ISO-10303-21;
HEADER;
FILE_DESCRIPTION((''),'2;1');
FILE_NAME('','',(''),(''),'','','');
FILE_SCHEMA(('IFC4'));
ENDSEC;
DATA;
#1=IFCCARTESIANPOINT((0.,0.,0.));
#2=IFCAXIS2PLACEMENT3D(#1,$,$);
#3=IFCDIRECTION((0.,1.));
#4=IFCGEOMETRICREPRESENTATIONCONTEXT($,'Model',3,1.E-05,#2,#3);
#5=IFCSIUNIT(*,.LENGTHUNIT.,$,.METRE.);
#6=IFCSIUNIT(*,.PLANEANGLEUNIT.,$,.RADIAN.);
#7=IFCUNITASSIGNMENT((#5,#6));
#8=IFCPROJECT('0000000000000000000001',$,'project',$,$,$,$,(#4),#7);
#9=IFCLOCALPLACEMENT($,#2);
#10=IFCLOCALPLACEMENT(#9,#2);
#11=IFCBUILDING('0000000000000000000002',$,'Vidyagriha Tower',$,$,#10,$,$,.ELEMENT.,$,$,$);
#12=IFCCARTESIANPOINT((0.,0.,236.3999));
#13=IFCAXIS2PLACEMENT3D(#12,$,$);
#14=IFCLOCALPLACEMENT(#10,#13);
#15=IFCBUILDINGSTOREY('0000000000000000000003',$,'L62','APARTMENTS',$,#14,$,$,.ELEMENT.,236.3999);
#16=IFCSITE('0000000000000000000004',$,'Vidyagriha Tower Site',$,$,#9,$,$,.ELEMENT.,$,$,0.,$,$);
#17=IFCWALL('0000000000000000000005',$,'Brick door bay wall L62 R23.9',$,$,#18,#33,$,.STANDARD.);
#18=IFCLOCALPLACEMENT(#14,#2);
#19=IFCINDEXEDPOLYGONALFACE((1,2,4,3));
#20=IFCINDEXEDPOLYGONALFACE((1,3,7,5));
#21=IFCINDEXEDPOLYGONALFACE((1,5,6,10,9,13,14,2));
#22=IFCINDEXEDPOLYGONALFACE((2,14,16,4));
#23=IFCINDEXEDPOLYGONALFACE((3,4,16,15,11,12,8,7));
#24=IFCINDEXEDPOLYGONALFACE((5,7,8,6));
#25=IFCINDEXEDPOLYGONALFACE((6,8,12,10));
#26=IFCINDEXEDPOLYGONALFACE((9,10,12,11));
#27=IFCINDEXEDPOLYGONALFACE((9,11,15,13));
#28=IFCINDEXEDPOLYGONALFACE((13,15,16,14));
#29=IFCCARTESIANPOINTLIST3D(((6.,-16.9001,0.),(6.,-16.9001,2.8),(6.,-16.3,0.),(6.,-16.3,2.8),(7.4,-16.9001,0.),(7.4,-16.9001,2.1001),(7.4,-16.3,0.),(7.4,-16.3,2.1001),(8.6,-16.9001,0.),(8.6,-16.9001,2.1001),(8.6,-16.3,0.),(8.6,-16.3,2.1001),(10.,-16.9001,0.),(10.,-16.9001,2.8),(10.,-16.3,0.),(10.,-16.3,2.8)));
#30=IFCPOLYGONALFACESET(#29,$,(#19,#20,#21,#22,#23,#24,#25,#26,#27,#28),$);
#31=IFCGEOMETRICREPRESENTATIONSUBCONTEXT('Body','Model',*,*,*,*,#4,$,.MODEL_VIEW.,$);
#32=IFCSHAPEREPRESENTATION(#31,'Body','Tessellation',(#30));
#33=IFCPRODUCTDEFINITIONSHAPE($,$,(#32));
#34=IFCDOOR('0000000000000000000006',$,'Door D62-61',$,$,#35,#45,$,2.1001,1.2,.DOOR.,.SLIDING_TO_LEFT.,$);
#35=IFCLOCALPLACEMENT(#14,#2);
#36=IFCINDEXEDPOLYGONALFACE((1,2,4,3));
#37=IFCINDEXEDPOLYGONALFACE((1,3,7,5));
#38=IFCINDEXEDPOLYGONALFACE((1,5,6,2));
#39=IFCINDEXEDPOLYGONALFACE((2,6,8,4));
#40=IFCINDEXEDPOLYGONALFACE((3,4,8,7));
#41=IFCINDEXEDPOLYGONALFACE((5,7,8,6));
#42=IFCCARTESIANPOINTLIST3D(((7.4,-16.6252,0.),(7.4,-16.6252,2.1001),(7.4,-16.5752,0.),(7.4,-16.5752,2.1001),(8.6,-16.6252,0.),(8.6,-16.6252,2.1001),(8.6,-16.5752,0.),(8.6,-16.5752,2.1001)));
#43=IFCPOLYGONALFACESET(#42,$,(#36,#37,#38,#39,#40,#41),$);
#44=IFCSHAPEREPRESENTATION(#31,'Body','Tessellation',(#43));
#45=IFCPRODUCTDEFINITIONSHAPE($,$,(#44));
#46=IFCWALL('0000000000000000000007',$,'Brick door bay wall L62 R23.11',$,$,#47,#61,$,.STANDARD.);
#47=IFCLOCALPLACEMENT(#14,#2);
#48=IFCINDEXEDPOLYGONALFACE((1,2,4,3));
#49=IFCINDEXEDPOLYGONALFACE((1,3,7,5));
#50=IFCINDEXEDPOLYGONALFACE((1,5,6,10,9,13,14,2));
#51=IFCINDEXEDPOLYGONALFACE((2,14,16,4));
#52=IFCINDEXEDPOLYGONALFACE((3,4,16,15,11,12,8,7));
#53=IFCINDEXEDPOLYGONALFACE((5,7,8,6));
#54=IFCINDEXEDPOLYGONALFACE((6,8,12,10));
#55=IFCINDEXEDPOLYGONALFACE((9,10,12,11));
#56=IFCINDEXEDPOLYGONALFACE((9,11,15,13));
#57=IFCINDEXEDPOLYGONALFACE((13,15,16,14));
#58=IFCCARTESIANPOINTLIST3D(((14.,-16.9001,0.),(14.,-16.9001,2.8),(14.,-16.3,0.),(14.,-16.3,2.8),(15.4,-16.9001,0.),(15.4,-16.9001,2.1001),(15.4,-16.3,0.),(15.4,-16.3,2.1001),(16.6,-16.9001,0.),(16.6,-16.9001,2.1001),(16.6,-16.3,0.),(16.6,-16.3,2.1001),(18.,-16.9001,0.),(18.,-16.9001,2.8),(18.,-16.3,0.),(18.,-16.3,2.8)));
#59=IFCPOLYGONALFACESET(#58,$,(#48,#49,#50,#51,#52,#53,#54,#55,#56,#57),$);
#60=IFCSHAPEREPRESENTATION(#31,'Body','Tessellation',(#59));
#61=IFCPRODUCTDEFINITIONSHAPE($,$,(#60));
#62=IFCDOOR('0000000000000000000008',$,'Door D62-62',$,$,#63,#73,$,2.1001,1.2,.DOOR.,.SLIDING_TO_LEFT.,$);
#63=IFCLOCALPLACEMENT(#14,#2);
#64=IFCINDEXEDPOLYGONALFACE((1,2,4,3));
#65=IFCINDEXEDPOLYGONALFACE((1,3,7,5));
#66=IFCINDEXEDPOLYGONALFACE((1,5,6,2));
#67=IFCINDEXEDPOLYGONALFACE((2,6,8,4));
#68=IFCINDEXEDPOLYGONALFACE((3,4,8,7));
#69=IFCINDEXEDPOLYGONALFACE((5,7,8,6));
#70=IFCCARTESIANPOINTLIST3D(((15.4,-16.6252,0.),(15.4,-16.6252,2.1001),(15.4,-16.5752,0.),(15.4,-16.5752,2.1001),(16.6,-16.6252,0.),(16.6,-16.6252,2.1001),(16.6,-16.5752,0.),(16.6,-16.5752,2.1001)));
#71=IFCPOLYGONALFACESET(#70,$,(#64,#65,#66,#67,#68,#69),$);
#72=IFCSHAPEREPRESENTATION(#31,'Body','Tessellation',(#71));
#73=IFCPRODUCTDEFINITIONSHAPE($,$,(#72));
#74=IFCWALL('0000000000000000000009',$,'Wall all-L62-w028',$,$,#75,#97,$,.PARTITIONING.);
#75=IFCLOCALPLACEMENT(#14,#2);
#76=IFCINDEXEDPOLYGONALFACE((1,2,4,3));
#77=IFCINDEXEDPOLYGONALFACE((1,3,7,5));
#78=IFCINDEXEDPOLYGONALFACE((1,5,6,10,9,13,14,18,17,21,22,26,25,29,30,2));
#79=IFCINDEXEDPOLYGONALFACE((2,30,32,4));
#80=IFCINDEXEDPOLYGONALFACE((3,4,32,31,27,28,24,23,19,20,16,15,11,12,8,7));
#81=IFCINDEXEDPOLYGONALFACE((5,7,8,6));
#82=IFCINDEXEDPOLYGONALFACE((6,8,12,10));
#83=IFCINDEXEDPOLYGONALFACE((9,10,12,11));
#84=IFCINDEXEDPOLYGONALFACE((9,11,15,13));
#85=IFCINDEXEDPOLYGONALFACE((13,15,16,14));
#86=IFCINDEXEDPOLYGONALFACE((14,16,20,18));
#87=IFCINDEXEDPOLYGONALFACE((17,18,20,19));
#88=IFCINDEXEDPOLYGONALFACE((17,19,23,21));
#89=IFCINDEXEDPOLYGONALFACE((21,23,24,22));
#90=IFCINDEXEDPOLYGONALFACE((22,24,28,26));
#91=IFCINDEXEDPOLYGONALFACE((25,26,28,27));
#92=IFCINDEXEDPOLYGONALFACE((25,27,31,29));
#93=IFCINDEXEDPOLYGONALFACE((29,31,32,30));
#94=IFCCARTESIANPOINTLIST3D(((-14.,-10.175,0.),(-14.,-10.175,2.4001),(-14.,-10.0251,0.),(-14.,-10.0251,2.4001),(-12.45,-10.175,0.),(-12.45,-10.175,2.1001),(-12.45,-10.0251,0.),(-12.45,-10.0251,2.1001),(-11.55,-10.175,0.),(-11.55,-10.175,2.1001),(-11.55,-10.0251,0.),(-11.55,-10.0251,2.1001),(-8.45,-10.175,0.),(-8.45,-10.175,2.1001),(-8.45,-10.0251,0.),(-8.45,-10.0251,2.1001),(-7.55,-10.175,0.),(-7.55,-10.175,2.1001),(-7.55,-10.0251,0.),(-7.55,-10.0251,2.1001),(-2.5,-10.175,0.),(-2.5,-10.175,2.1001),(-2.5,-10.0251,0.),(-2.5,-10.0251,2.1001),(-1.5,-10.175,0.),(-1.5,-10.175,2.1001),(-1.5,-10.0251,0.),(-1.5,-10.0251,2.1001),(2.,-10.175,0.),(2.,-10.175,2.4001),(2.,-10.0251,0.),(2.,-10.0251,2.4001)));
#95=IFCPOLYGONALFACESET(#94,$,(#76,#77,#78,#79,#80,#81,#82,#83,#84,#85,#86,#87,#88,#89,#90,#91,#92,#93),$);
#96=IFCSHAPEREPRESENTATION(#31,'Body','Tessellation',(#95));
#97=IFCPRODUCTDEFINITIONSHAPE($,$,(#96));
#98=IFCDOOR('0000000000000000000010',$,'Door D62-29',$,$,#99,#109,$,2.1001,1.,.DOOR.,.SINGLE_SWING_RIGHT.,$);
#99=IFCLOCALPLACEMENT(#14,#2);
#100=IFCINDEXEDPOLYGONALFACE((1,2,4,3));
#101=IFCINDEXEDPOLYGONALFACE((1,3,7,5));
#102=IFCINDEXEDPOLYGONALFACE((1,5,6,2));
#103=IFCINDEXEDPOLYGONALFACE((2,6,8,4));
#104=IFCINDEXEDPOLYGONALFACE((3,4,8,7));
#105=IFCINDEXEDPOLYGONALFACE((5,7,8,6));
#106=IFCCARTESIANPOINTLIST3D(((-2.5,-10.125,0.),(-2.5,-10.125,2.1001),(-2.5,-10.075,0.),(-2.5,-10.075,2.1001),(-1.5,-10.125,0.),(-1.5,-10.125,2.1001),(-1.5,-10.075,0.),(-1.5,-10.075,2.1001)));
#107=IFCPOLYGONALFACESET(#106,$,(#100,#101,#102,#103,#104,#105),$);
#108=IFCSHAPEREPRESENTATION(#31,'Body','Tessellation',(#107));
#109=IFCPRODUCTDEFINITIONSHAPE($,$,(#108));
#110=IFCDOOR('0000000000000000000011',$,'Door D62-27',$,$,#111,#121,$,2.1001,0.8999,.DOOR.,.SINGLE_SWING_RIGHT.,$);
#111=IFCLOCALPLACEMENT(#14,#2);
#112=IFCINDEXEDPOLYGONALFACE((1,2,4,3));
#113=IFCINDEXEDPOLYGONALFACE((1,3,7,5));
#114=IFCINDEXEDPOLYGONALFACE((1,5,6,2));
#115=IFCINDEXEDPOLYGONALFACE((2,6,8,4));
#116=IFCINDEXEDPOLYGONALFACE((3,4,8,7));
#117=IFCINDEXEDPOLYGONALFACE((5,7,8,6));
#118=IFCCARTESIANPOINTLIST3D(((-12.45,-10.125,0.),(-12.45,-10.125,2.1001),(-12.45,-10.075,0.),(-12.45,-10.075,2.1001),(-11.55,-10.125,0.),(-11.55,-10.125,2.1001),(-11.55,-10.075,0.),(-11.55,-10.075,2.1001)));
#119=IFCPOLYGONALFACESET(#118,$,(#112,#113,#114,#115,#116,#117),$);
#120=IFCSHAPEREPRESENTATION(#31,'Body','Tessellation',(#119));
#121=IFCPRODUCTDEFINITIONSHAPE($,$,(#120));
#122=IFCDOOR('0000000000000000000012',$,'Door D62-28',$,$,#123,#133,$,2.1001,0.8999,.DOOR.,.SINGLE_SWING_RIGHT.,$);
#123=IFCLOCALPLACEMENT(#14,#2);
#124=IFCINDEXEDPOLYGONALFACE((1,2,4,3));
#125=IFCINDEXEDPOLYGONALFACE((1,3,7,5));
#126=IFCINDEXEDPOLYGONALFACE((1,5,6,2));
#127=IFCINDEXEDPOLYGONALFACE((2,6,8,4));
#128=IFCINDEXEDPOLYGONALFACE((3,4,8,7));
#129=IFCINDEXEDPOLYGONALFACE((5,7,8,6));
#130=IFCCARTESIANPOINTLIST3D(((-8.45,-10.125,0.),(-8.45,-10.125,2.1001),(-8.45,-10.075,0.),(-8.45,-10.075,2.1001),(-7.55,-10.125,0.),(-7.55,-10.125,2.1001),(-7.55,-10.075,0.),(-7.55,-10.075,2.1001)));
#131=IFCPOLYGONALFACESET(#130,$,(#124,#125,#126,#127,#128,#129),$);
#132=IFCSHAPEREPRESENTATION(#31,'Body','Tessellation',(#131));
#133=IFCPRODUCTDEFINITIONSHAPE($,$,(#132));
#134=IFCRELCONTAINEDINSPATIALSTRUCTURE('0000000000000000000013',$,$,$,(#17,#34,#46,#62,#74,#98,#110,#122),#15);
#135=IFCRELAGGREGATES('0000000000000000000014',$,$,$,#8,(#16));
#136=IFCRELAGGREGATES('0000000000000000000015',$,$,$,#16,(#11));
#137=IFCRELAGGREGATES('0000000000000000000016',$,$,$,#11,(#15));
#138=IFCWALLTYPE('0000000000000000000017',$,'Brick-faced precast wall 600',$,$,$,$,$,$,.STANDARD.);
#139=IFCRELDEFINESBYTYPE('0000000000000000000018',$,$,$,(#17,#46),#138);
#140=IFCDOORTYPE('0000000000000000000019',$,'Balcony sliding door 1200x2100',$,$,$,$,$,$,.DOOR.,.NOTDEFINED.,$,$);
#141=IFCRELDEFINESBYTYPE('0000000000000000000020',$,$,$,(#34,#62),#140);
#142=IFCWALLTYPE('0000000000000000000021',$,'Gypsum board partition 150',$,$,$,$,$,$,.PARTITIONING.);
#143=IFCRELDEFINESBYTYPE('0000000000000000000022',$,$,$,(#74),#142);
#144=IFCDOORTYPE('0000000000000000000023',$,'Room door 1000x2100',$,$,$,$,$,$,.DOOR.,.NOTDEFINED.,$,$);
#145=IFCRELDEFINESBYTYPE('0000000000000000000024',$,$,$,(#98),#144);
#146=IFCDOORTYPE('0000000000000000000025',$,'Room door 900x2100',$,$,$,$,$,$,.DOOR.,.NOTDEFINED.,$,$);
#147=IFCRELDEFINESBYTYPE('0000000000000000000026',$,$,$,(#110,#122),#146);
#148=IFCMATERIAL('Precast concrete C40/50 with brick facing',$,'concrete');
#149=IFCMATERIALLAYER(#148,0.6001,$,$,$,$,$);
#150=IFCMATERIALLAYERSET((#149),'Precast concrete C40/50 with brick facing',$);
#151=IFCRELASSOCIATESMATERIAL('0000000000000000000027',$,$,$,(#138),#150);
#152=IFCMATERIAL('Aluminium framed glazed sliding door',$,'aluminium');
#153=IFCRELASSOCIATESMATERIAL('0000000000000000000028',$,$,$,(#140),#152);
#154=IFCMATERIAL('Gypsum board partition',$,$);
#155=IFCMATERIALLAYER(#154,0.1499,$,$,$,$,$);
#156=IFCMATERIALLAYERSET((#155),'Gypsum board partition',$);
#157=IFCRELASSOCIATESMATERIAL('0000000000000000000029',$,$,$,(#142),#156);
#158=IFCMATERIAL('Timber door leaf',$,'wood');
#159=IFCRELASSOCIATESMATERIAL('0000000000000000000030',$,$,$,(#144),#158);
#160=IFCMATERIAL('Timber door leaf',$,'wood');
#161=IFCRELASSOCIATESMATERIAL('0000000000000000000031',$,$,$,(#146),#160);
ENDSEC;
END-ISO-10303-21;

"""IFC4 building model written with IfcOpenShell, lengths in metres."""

from ifc_helpers import new_model, si_unit, direction, frame, frame_2d, origin, place, context, subcontext, project, spatial, rectangle, extrude, material, layer, layer_set, type_object, element, fill, save


model = new_model("IFC4")

# Units and contexts
model_context = context("Model", 3, precision=1e-05, world=origin(), true_north=direction((0.0, 1.0)))
body_context = subcontext(model_context, "Body", "Model", "MODEL_VIEW")
ifc_project = project(units=[si_unit("LENGTHUNIT", "METRE"), si_unit("PLANEANGLEUNIT", "RADIAN")], contexts=[model_context])

# Site, building, storey
site_placement = place(None, origin())
site = spatial("IfcSite", under=ifc_project, at=site_placement, Name="Vidyagriha Tower Site", CompositionType="ELEMENT", RefElevation=0.0)
building_placement = place(site_placement, origin())
building = spatial("IfcBuilding", under=site, at=building_placement, Name="Vidyagriha Tower", CompositionType="ELEMENT")
storey_placement = place(building_placement, frame((0.0, 0.0, 236.3999)))
storey = spatial("IfcBuildingStorey", under=building, at=storey_placement, Name="L62", Description="APARTMENTS", CompositionType="ELEMENT", Elevation=236.3999)

# Walls, openings, doors
ifc_material_1 = material(Name="Precast concrete C40/50 with brick facing", Category="concrete")
ifc_layer_1 = layer(ifc_material_1, 0.6001)
ifc_layer_set_1 = layer_set([ifc_layer_1], Name="Precast concrete C40/50 with brick facing")
wall_type_1 = type_object("IfcWallType", Name="Brick-faced precast wall 600", PredefinedType="STANDARD", material=ifc_layer_set_1)
wall_1_placement = place(storey_placement, frame((6.0, -16.6001, 0.0)))
wall_1 = element("IfcWall", 1, at=wall_1_placement, inside=storey, type_object=wall_type_1, Name="Brick door bay wall L62 R23.9", PredefinedType="STANDARD", context=body_context, shape_type="SweptSolid", body=[
    extrude(rectangle(XDim=4.0, YDim=0.6001, at=frame_2d((2.0, 0.0))), origin(), (0.0, 0.0, 1.0), 2.8),
])
opening_1_placement = place(wall_1_placement, frame((1.3999, 0.0, 0.0)))
opening_1 = element("IfcOpeningElement", 2, at=opening_1_placement, cuts=wall_1, PredefinedType="OPENING", context=body_context, shape_type="SweptSolid", body=[
    extrude(rectangle(XDim=1.2, YDim=2.1001, at=frame_2d((0.6001, 1.05))), frame((0.0, 0.3101, 0.0), z_axis=(0.0, -1.0, 0.0), x_axis=(1.0, 0.0, 0.0)), (0.0, 0.0, 1.0), 0.6201),
])
ifc_material_2 = material(Name="Aluminium framed glazed sliding door", Category="aluminium")
door_type_1 = type_object("IfcDoorType", Name="Balcony sliding door 1200x2100", OperationType="NOTDEFINED", PredefinedType="DOOR", material=ifc_material_2)
door_1_placement = place(opening_1_placement, origin())
door_1 = element("IfcDoor", 3, at=door_1_placement, inside=storey, type_object=door_type_1, Name="Door D62-61", OperationType="SLIDING_TO_LEFT", OverallHeight=2.1001, OverallWidth=1.2, PredefinedType="DOOR", context=body_context, shape_type="SweptSolid", body=[
    extrude(rectangle(XDim=1.2, YDim=2.1001, at=frame_2d((0.6001, 1.05))), frame((0.0, 0.0249, 0.0), z_axis=(0.0, -1.0, 0.0), x_axis=(1.0, 0.0, 0.0)), (0.0, 0.0, 1.0), 0.05),
])
fill(opening_1, door_1)
wall_2_placement = place(storey_placement, frame((14.0, -16.6001, 0.0)))
wall_2 = element("IfcWall", 4, at=wall_2_placement, inside=storey, type_object=wall_type_1, Name="Brick door bay wall L62 R23.11", PredefinedType="STANDARD", context=body_context, shape_type="SweptSolid", body=[
    extrude(rectangle(XDim=4.0, YDim=0.6001, at=frame_2d((2.0, 0.0))), origin(), (0.0, 0.0, 1.0), 2.8),
])
opening_2_placement = place(wall_2_placement, frame((1.3999, 0.0, 0.0)))
opening_2 = element("IfcOpeningElement", 5, at=opening_2_placement, cuts=wall_2, PredefinedType="OPENING", context=body_context, shape_type="SweptSolid", body=[
    extrude(rectangle(XDim=1.2, YDim=2.1001, at=frame_2d((0.6001, 1.05))), frame((0.0, 0.3101, 0.0), z_axis=(0.0, -1.0, 0.0), x_axis=(1.0, 0.0, 0.0)), (0.0, 0.0, 1.0), 0.6201),
])
door_2_placement = place(opening_2_placement, origin())
door_2 = element("IfcDoor", 6, at=door_2_placement, inside=storey, type_object=door_type_1, Name="Door D62-62", OperationType="SLIDING_TO_LEFT", OverallHeight=2.1001, OverallWidth=1.2, PredefinedType="DOOR", context=body_context, shape_type="SweptSolid", body=[
    extrude(rectangle(XDim=1.2, YDim=2.1001, at=frame_2d((0.6001, 1.05))), frame((0.0, 0.0249, 0.0), z_axis=(0.0, -1.0, 0.0), x_axis=(1.0, 0.0, 0.0)), (0.0, 0.0, 1.0), 0.05),
])
fill(opening_2, door_2)

# Wall, openings, doors
ifc_material_3 = material(Name="Gypsum board partition")
ifc_layer_2 = layer(ifc_material_3, 0.1499)
ifc_layer_set_2 = layer_set([ifc_layer_2], Name="Gypsum board partition")
wall_type_2 = type_object("IfcWallType", Name="Gypsum board partition 150", PredefinedType="PARTITIONING", material=ifc_layer_set_2)
wall_3_placement = place(storey_placement, frame((2.0, -10.1001, 0.0), z_axis=(0.0, 0.0, 1.0), x_axis=(-1.0, 0.0, 0.0)))
wall_3 = element("IfcWall", 7, at=wall_3_placement, inside=storey, type_object=wall_type_2, Name="Wall all-L62-w028", PredefinedType="PARTITIONING", context=body_context, shape_type="SweptSolid", body=[
    extrude(rectangle(XDim=16.0, YDim=0.1499, at=frame_2d((8.0, 0.0))), origin(), (0.0, 0.0, 1.0), 2.4001),
])
opening_3_placement = place(wall_3_placement, frame((13.55, 0.0, 0.0)))
opening_3 = element("IfcOpeningElement", 8, at=opening_3_placement, cuts=wall_3, PredefinedType="OPENING", context=body_context, shape_type="SweptSolid", body=[
    extrude(rectangle(XDim=0.8999, YDim=2.1001, at=frame_2d((0.45, 1.05))), frame((0.0, 0.085, 0.0), z_axis=(0.0, -1.0, 0.0), x_axis=(1.0, 0.0, 0.0)), (0.0, 0.0, 1.0), 0.1699),
])
opening_4_placement = place(wall_3_placement, frame((9.55, 0.0, 0.0)))
opening_4 = element("IfcOpeningElement", 9, at=opening_4_placement, cuts=wall_3, PredefinedType="OPENING", context=body_context, shape_type="SweptSolid", body=[
    extrude(rectangle(XDim=0.8999, YDim=2.1001, at=frame_2d((0.45, 1.05))), frame((0.0, 0.085, 0.0), z_axis=(0.0, -1.0, 0.0), x_axis=(1.0, 0.0, 0.0)), (0.0, 0.0, 1.0), 0.1699),
])
opening_5_placement = place(wall_3_placement, frame((3.5, 0.0, 0.0)))
opening_5 = element("IfcOpeningElement", 10, at=opening_5_placement, cuts=wall_3, PredefinedType="OPENING", context=body_context, shape_type="SweptSolid", body=[
    extrude(rectangle(XDim=1.0, YDim=2.1001, at=frame_2d((0.5, 1.05))), frame((0.0, 0.085, 0.0), z_axis=(0.0, -1.0, 0.0), x_axis=(1.0, 0.0, 0.0)), (0.0, 0.0, 1.0), 0.1699),
])
ifc_material_4 = material(Name="Timber door leaf", Category="wood")
door_type_2 = type_object("IfcDoorType", Name="Room door 1000x2100", OperationType="NOTDEFINED", PredefinedType="DOOR", material=ifc_material_4)
door_3_placement = place(opening_5_placement, origin())
door_3 = element("IfcDoor", 11, at=door_3_placement, inside=storey, type_object=door_type_2, Name="Door D62-29", OperationType="SINGLE_SWING_RIGHT", OverallHeight=2.1001, OverallWidth=1.0, PredefinedType="DOOR", context=body_context, shape_type="SweptSolid", body=[
    extrude(rectangle(XDim=1.0, YDim=2.1001, at=frame_2d((0.5, 1.05))), frame((0.0, 0.0249, 0.0), z_axis=(0.0, -1.0, 0.0), x_axis=(1.0, 0.0, 0.0)), (0.0, 0.0, 1.0), 0.05),
])
fill(opening_5, door_3)
ifc_material_5 = material(Name="Timber door leaf", Category="wood")
door_type_3 = type_object("IfcDoorType", Name="Room door 900x2100", OperationType="NOTDEFINED", PredefinedType="DOOR", material=ifc_material_5)
door_4_placement = place(opening_3_placement, origin())
door_4 = element("IfcDoor", 12, at=door_4_placement, inside=storey, type_object=door_type_3, Name="Door D62-27", OperationType="SINGLE_SWING_RIGHT", OverallHeight=2.1001, OverallWidth=0.8999, PredefinedType="DOOR", context=body_context, shape_type="SweptSolid", body=[
    extrude(rectangle(XDim=0.8999, YDim=2.1001, at=frame_2d((0.45, 1.05))), frame((0.0, 0.0249, 0.0), z_axis=(0.0, -1.0, 0.0), x_axis=(1.0, 0.0, 0.0)), (0.0, 0.0, 1.0), 0.05),
])
fill(opening_3, door_4)
door_5_placement = place(opening_4_placement, origin())
door_5 = element("IfcDoor", 13, at=door_5_placement, inside=storey, type_object=door_type_3, Name="Door D62-28", OperationType="SINGLE_SWING_RIGHT", OverallHeight=2.1001, OverallWidth=0.8999, PredefinedType="DOOR", context=body_context, shape_type="SweptSolid", body=[
    extrude(rectangle(XDim=0.8999, YDim=2.1001, at=frame_2d((0.45, 1.05))), frame((0.0, 0.0249, 0.0), z_axis=(0.0, -1.0, 0.0), x_axis=(1.0, 0.0, 0.0)), (0.0, 0.0, 1.0), 0.05),
])
fill(opening_4, door_5)

save(model, "model.ifc")
